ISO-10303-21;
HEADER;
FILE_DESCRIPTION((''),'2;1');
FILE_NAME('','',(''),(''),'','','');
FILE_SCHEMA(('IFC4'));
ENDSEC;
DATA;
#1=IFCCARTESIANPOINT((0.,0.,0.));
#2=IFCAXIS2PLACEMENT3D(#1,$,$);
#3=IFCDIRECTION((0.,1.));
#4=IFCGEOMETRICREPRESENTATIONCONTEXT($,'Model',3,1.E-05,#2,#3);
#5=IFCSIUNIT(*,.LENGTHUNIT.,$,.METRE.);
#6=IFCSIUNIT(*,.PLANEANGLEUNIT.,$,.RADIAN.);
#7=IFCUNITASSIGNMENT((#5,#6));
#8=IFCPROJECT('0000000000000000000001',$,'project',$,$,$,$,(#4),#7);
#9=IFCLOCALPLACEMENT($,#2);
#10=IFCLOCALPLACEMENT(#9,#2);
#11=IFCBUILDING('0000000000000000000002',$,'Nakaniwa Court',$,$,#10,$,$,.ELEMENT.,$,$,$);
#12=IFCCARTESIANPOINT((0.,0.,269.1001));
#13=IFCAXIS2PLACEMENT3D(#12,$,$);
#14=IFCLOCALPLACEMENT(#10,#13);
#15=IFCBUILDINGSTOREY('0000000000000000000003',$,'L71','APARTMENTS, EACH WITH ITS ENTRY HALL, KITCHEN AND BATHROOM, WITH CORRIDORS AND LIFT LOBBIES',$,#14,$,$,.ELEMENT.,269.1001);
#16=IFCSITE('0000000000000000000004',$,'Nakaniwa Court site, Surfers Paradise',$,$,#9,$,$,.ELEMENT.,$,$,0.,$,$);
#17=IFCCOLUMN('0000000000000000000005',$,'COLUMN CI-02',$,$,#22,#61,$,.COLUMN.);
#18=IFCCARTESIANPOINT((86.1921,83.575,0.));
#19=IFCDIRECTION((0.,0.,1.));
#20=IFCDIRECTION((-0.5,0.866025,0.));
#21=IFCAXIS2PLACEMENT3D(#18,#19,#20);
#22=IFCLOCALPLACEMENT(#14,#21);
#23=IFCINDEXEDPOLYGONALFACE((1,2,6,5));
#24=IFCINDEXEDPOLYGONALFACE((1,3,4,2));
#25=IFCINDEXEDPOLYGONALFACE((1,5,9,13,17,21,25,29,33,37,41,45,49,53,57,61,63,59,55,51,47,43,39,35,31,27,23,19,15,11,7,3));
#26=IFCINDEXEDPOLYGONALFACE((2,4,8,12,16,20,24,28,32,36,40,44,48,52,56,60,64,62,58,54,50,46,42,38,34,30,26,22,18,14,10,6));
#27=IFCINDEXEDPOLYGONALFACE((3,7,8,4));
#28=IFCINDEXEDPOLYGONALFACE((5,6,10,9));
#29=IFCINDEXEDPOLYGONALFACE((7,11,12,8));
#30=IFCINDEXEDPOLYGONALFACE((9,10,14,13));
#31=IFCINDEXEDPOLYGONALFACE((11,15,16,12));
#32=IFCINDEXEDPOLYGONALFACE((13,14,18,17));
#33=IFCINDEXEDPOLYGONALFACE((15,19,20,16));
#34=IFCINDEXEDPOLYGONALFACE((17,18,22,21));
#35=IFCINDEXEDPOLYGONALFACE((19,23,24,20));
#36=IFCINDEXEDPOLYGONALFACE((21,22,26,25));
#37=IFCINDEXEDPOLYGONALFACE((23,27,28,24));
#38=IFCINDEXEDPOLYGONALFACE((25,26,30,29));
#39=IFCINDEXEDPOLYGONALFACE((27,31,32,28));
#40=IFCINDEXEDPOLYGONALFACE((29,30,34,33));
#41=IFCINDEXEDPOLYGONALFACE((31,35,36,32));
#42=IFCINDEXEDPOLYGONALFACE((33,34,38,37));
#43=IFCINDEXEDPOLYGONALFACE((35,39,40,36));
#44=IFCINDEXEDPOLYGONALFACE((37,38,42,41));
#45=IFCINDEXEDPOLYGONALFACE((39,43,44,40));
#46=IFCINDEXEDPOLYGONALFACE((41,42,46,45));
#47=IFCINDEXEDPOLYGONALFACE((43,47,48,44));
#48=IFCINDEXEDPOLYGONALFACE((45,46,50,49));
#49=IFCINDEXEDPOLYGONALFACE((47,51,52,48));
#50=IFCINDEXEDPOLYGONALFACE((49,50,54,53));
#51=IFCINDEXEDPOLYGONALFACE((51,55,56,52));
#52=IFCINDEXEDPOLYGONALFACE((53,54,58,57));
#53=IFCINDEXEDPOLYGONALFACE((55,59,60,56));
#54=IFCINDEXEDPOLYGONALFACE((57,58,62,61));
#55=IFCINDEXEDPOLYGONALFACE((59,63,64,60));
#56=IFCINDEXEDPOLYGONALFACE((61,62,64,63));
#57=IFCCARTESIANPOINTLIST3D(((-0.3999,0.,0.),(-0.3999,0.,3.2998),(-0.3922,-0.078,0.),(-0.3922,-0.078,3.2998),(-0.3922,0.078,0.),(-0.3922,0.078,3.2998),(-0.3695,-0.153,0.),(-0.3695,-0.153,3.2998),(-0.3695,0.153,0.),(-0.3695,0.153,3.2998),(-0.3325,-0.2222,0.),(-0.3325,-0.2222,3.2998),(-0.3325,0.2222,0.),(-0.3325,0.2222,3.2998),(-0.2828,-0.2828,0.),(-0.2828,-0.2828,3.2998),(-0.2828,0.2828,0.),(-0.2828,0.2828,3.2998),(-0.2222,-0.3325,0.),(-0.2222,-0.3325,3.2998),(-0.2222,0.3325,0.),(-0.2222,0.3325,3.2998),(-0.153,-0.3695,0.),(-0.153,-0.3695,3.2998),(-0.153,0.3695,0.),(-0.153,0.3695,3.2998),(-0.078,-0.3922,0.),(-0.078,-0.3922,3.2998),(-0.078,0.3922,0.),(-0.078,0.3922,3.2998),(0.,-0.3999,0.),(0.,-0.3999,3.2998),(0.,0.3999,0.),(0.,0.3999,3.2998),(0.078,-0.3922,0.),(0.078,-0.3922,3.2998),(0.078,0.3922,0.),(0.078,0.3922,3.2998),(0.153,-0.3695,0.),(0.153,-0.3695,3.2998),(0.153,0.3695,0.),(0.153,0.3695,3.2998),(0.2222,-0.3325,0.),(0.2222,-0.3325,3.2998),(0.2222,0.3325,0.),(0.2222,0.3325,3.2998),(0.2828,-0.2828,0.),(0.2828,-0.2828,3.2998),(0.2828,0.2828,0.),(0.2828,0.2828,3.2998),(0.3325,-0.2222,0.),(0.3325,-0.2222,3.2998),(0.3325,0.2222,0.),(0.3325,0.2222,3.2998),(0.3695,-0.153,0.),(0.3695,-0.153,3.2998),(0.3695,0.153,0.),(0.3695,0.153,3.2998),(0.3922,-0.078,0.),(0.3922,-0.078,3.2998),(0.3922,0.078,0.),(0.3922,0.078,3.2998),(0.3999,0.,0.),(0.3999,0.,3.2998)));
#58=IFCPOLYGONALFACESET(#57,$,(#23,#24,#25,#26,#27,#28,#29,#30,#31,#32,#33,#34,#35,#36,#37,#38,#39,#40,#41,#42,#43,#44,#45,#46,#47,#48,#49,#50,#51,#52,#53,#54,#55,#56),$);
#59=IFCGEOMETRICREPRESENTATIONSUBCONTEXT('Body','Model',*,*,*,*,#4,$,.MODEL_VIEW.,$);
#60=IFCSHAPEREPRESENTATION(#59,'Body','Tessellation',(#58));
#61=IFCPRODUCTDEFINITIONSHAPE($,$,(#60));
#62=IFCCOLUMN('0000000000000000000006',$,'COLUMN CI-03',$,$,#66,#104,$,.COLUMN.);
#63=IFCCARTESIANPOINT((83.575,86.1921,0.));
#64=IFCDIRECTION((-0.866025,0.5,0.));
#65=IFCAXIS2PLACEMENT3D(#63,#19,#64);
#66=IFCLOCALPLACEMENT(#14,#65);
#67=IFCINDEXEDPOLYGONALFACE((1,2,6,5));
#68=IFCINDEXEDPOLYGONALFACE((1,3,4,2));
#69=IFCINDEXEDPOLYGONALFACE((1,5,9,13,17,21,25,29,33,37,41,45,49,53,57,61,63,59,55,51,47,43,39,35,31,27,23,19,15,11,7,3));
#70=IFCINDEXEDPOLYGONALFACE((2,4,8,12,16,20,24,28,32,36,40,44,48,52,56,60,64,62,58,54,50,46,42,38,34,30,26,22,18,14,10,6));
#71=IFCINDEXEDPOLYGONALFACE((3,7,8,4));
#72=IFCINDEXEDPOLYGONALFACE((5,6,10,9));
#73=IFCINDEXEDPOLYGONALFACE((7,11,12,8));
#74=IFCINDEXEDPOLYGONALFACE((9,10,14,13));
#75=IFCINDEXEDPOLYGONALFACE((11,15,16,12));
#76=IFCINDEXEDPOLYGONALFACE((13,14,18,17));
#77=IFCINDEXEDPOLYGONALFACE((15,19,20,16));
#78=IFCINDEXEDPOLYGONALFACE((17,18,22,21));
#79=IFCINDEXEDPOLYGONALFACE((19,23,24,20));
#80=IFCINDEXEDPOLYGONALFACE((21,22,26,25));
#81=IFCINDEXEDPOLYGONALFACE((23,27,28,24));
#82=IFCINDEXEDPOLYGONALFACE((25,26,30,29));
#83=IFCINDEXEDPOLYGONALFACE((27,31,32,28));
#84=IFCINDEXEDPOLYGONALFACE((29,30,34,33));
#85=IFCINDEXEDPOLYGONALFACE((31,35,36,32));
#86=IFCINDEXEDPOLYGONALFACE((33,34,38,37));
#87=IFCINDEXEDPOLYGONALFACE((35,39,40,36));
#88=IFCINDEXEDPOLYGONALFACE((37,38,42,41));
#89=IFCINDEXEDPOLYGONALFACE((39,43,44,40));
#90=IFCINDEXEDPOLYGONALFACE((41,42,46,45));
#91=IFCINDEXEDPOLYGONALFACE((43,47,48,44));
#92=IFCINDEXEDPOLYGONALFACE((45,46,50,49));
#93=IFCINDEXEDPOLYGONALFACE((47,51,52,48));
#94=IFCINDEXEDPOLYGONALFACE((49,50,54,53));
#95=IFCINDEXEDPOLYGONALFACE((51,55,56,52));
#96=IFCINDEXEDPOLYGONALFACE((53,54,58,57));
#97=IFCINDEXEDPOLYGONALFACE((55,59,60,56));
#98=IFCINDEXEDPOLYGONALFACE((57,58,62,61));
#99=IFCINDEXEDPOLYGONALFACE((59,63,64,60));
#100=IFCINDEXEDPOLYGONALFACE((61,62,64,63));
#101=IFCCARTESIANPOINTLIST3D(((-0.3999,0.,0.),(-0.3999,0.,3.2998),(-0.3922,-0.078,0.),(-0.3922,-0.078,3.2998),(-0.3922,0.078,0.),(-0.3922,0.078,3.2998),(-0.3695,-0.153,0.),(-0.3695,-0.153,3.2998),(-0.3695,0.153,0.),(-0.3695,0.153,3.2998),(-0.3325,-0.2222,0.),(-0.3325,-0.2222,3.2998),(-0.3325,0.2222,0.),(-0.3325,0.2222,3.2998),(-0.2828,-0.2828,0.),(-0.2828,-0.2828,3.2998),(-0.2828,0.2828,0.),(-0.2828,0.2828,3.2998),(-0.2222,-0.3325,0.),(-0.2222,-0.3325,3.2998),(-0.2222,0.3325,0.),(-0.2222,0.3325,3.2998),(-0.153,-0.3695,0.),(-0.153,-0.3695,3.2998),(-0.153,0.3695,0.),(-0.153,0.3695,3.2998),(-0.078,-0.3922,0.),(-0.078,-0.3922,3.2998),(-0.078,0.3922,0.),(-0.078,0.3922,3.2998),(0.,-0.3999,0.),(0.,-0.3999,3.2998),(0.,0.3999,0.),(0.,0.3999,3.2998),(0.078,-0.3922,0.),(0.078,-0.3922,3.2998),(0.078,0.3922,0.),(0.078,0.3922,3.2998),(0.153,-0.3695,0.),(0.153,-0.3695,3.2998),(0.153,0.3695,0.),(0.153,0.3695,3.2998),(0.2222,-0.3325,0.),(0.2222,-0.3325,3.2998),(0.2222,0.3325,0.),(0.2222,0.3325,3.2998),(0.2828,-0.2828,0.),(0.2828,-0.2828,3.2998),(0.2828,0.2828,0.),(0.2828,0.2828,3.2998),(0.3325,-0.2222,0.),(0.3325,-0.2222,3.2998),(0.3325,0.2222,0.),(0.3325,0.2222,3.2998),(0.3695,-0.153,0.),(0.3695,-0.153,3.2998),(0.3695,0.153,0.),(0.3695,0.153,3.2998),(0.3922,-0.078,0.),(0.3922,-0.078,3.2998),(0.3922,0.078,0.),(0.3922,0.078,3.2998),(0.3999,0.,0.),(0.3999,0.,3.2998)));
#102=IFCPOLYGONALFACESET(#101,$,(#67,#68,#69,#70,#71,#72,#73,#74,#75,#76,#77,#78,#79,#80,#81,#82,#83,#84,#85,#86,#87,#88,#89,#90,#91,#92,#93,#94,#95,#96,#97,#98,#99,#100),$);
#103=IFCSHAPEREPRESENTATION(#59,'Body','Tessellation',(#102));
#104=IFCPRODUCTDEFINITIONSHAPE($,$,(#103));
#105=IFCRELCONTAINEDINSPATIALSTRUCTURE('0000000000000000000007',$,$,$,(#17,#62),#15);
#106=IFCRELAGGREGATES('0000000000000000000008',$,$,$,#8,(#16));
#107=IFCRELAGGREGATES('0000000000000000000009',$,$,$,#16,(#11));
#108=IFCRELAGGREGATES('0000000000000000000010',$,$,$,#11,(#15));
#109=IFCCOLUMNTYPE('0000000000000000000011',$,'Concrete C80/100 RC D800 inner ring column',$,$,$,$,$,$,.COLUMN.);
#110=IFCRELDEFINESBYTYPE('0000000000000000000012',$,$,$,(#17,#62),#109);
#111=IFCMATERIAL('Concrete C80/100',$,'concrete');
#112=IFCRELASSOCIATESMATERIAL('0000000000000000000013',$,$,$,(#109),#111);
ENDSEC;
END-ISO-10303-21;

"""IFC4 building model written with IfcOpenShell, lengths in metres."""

from ifc_helpers import new_model, si_unit, direction, frame, origin, origin_2d, place, context, subcontext, project, spatial, circle, extrude, material, material_profile, profile_set, type_object, element, save


model = new_model("IFC4")

# Units and contexts
model_context = context("Model", 3, precision=1e-05, world=origin(), true_north=direction((0.0, 1.0)))
body_context = subcontext(model_context, "Body", "Model", "MODEL_VIEW")
ifc_project = project(units=[si_unit("LENGTHUNIT", "METRE"), si_unit("PLANEANGLEUNIT", "RADIAN")], contexts=[model_context])

# Site, building, storey
site_placement = place(None, origin())
site = spatial("IfcSite", under=ifc_project, at=site_placement, Name="Nakaniwa Court site, Surfers Paradise", CompositionType="ELEMENT", RefElevation=0.0)
building_placement = place(site_placement, origin())
building = spatial("IfcBuilding", under=site, at=building_placement, Name="Nakaniwa Court", CompositionType="ELEMENT")
storey_placement = place(building_placement, frame((0.0, 0.0, 269.1001)))
storey = spatial("IfcBuildingStorey", under=building, at=storey_placement, Name="L71", Description="APARTMENTS, EACH WITH ITS ENTRY HALL, KITCHEN AND BATHROOM, WITH CORRIDORS AND LIFT LOBBIES", CompositionType="ELEMENT", Elevation=269.1001)

# Columns
ifc_material_1 = material(Name="Concrete C80/100", Category="concrete")
ifc_material_profile_1 = material_profile(ifc_material_1, circle(Radius=0.3999, at=origin_2d()), Name="Concrete C80/100 RC D800 inner ring column")
ifc_profile_set_1 = profile_set([ifc_material_profile_1], Name="Concrete C80/100")
column_type = type_object("IfcColumnType", Name="Concrete C80/100 RC D800 inner ring column", PredefinedType="COLUMN", material=ifc_profile_set_1)
for number, where, z_axis, x_axis, name in (
    (1, (86.1921, 83.575, 0.0), (0.0, 0.0, 1.0), (-0.5, 0.866025, 0.0), "COLUMN CI-02"),
    (2, (83.575, 86.1921, 0.0), (0.0, 0.0, 1.0), (-0.866025, 0.5, 0.0), "COLUMN CI-03"),
):
    element("IfcColumn", number, at=place(storey_placement, frame(where, z_axis=z_axis, x_axis=x_axis)), inside=storey, type_object=column_type, Name=name, PredefinedType="COLUMN", context=body_context, shape_type="SweptSolid", body=[
        extrude(circle(Radius=0.3999, at=origin_2d()), origin(), (0.0, 0.0, 1.0), 3.2998),
    ])

save(model, "model.ifc")
